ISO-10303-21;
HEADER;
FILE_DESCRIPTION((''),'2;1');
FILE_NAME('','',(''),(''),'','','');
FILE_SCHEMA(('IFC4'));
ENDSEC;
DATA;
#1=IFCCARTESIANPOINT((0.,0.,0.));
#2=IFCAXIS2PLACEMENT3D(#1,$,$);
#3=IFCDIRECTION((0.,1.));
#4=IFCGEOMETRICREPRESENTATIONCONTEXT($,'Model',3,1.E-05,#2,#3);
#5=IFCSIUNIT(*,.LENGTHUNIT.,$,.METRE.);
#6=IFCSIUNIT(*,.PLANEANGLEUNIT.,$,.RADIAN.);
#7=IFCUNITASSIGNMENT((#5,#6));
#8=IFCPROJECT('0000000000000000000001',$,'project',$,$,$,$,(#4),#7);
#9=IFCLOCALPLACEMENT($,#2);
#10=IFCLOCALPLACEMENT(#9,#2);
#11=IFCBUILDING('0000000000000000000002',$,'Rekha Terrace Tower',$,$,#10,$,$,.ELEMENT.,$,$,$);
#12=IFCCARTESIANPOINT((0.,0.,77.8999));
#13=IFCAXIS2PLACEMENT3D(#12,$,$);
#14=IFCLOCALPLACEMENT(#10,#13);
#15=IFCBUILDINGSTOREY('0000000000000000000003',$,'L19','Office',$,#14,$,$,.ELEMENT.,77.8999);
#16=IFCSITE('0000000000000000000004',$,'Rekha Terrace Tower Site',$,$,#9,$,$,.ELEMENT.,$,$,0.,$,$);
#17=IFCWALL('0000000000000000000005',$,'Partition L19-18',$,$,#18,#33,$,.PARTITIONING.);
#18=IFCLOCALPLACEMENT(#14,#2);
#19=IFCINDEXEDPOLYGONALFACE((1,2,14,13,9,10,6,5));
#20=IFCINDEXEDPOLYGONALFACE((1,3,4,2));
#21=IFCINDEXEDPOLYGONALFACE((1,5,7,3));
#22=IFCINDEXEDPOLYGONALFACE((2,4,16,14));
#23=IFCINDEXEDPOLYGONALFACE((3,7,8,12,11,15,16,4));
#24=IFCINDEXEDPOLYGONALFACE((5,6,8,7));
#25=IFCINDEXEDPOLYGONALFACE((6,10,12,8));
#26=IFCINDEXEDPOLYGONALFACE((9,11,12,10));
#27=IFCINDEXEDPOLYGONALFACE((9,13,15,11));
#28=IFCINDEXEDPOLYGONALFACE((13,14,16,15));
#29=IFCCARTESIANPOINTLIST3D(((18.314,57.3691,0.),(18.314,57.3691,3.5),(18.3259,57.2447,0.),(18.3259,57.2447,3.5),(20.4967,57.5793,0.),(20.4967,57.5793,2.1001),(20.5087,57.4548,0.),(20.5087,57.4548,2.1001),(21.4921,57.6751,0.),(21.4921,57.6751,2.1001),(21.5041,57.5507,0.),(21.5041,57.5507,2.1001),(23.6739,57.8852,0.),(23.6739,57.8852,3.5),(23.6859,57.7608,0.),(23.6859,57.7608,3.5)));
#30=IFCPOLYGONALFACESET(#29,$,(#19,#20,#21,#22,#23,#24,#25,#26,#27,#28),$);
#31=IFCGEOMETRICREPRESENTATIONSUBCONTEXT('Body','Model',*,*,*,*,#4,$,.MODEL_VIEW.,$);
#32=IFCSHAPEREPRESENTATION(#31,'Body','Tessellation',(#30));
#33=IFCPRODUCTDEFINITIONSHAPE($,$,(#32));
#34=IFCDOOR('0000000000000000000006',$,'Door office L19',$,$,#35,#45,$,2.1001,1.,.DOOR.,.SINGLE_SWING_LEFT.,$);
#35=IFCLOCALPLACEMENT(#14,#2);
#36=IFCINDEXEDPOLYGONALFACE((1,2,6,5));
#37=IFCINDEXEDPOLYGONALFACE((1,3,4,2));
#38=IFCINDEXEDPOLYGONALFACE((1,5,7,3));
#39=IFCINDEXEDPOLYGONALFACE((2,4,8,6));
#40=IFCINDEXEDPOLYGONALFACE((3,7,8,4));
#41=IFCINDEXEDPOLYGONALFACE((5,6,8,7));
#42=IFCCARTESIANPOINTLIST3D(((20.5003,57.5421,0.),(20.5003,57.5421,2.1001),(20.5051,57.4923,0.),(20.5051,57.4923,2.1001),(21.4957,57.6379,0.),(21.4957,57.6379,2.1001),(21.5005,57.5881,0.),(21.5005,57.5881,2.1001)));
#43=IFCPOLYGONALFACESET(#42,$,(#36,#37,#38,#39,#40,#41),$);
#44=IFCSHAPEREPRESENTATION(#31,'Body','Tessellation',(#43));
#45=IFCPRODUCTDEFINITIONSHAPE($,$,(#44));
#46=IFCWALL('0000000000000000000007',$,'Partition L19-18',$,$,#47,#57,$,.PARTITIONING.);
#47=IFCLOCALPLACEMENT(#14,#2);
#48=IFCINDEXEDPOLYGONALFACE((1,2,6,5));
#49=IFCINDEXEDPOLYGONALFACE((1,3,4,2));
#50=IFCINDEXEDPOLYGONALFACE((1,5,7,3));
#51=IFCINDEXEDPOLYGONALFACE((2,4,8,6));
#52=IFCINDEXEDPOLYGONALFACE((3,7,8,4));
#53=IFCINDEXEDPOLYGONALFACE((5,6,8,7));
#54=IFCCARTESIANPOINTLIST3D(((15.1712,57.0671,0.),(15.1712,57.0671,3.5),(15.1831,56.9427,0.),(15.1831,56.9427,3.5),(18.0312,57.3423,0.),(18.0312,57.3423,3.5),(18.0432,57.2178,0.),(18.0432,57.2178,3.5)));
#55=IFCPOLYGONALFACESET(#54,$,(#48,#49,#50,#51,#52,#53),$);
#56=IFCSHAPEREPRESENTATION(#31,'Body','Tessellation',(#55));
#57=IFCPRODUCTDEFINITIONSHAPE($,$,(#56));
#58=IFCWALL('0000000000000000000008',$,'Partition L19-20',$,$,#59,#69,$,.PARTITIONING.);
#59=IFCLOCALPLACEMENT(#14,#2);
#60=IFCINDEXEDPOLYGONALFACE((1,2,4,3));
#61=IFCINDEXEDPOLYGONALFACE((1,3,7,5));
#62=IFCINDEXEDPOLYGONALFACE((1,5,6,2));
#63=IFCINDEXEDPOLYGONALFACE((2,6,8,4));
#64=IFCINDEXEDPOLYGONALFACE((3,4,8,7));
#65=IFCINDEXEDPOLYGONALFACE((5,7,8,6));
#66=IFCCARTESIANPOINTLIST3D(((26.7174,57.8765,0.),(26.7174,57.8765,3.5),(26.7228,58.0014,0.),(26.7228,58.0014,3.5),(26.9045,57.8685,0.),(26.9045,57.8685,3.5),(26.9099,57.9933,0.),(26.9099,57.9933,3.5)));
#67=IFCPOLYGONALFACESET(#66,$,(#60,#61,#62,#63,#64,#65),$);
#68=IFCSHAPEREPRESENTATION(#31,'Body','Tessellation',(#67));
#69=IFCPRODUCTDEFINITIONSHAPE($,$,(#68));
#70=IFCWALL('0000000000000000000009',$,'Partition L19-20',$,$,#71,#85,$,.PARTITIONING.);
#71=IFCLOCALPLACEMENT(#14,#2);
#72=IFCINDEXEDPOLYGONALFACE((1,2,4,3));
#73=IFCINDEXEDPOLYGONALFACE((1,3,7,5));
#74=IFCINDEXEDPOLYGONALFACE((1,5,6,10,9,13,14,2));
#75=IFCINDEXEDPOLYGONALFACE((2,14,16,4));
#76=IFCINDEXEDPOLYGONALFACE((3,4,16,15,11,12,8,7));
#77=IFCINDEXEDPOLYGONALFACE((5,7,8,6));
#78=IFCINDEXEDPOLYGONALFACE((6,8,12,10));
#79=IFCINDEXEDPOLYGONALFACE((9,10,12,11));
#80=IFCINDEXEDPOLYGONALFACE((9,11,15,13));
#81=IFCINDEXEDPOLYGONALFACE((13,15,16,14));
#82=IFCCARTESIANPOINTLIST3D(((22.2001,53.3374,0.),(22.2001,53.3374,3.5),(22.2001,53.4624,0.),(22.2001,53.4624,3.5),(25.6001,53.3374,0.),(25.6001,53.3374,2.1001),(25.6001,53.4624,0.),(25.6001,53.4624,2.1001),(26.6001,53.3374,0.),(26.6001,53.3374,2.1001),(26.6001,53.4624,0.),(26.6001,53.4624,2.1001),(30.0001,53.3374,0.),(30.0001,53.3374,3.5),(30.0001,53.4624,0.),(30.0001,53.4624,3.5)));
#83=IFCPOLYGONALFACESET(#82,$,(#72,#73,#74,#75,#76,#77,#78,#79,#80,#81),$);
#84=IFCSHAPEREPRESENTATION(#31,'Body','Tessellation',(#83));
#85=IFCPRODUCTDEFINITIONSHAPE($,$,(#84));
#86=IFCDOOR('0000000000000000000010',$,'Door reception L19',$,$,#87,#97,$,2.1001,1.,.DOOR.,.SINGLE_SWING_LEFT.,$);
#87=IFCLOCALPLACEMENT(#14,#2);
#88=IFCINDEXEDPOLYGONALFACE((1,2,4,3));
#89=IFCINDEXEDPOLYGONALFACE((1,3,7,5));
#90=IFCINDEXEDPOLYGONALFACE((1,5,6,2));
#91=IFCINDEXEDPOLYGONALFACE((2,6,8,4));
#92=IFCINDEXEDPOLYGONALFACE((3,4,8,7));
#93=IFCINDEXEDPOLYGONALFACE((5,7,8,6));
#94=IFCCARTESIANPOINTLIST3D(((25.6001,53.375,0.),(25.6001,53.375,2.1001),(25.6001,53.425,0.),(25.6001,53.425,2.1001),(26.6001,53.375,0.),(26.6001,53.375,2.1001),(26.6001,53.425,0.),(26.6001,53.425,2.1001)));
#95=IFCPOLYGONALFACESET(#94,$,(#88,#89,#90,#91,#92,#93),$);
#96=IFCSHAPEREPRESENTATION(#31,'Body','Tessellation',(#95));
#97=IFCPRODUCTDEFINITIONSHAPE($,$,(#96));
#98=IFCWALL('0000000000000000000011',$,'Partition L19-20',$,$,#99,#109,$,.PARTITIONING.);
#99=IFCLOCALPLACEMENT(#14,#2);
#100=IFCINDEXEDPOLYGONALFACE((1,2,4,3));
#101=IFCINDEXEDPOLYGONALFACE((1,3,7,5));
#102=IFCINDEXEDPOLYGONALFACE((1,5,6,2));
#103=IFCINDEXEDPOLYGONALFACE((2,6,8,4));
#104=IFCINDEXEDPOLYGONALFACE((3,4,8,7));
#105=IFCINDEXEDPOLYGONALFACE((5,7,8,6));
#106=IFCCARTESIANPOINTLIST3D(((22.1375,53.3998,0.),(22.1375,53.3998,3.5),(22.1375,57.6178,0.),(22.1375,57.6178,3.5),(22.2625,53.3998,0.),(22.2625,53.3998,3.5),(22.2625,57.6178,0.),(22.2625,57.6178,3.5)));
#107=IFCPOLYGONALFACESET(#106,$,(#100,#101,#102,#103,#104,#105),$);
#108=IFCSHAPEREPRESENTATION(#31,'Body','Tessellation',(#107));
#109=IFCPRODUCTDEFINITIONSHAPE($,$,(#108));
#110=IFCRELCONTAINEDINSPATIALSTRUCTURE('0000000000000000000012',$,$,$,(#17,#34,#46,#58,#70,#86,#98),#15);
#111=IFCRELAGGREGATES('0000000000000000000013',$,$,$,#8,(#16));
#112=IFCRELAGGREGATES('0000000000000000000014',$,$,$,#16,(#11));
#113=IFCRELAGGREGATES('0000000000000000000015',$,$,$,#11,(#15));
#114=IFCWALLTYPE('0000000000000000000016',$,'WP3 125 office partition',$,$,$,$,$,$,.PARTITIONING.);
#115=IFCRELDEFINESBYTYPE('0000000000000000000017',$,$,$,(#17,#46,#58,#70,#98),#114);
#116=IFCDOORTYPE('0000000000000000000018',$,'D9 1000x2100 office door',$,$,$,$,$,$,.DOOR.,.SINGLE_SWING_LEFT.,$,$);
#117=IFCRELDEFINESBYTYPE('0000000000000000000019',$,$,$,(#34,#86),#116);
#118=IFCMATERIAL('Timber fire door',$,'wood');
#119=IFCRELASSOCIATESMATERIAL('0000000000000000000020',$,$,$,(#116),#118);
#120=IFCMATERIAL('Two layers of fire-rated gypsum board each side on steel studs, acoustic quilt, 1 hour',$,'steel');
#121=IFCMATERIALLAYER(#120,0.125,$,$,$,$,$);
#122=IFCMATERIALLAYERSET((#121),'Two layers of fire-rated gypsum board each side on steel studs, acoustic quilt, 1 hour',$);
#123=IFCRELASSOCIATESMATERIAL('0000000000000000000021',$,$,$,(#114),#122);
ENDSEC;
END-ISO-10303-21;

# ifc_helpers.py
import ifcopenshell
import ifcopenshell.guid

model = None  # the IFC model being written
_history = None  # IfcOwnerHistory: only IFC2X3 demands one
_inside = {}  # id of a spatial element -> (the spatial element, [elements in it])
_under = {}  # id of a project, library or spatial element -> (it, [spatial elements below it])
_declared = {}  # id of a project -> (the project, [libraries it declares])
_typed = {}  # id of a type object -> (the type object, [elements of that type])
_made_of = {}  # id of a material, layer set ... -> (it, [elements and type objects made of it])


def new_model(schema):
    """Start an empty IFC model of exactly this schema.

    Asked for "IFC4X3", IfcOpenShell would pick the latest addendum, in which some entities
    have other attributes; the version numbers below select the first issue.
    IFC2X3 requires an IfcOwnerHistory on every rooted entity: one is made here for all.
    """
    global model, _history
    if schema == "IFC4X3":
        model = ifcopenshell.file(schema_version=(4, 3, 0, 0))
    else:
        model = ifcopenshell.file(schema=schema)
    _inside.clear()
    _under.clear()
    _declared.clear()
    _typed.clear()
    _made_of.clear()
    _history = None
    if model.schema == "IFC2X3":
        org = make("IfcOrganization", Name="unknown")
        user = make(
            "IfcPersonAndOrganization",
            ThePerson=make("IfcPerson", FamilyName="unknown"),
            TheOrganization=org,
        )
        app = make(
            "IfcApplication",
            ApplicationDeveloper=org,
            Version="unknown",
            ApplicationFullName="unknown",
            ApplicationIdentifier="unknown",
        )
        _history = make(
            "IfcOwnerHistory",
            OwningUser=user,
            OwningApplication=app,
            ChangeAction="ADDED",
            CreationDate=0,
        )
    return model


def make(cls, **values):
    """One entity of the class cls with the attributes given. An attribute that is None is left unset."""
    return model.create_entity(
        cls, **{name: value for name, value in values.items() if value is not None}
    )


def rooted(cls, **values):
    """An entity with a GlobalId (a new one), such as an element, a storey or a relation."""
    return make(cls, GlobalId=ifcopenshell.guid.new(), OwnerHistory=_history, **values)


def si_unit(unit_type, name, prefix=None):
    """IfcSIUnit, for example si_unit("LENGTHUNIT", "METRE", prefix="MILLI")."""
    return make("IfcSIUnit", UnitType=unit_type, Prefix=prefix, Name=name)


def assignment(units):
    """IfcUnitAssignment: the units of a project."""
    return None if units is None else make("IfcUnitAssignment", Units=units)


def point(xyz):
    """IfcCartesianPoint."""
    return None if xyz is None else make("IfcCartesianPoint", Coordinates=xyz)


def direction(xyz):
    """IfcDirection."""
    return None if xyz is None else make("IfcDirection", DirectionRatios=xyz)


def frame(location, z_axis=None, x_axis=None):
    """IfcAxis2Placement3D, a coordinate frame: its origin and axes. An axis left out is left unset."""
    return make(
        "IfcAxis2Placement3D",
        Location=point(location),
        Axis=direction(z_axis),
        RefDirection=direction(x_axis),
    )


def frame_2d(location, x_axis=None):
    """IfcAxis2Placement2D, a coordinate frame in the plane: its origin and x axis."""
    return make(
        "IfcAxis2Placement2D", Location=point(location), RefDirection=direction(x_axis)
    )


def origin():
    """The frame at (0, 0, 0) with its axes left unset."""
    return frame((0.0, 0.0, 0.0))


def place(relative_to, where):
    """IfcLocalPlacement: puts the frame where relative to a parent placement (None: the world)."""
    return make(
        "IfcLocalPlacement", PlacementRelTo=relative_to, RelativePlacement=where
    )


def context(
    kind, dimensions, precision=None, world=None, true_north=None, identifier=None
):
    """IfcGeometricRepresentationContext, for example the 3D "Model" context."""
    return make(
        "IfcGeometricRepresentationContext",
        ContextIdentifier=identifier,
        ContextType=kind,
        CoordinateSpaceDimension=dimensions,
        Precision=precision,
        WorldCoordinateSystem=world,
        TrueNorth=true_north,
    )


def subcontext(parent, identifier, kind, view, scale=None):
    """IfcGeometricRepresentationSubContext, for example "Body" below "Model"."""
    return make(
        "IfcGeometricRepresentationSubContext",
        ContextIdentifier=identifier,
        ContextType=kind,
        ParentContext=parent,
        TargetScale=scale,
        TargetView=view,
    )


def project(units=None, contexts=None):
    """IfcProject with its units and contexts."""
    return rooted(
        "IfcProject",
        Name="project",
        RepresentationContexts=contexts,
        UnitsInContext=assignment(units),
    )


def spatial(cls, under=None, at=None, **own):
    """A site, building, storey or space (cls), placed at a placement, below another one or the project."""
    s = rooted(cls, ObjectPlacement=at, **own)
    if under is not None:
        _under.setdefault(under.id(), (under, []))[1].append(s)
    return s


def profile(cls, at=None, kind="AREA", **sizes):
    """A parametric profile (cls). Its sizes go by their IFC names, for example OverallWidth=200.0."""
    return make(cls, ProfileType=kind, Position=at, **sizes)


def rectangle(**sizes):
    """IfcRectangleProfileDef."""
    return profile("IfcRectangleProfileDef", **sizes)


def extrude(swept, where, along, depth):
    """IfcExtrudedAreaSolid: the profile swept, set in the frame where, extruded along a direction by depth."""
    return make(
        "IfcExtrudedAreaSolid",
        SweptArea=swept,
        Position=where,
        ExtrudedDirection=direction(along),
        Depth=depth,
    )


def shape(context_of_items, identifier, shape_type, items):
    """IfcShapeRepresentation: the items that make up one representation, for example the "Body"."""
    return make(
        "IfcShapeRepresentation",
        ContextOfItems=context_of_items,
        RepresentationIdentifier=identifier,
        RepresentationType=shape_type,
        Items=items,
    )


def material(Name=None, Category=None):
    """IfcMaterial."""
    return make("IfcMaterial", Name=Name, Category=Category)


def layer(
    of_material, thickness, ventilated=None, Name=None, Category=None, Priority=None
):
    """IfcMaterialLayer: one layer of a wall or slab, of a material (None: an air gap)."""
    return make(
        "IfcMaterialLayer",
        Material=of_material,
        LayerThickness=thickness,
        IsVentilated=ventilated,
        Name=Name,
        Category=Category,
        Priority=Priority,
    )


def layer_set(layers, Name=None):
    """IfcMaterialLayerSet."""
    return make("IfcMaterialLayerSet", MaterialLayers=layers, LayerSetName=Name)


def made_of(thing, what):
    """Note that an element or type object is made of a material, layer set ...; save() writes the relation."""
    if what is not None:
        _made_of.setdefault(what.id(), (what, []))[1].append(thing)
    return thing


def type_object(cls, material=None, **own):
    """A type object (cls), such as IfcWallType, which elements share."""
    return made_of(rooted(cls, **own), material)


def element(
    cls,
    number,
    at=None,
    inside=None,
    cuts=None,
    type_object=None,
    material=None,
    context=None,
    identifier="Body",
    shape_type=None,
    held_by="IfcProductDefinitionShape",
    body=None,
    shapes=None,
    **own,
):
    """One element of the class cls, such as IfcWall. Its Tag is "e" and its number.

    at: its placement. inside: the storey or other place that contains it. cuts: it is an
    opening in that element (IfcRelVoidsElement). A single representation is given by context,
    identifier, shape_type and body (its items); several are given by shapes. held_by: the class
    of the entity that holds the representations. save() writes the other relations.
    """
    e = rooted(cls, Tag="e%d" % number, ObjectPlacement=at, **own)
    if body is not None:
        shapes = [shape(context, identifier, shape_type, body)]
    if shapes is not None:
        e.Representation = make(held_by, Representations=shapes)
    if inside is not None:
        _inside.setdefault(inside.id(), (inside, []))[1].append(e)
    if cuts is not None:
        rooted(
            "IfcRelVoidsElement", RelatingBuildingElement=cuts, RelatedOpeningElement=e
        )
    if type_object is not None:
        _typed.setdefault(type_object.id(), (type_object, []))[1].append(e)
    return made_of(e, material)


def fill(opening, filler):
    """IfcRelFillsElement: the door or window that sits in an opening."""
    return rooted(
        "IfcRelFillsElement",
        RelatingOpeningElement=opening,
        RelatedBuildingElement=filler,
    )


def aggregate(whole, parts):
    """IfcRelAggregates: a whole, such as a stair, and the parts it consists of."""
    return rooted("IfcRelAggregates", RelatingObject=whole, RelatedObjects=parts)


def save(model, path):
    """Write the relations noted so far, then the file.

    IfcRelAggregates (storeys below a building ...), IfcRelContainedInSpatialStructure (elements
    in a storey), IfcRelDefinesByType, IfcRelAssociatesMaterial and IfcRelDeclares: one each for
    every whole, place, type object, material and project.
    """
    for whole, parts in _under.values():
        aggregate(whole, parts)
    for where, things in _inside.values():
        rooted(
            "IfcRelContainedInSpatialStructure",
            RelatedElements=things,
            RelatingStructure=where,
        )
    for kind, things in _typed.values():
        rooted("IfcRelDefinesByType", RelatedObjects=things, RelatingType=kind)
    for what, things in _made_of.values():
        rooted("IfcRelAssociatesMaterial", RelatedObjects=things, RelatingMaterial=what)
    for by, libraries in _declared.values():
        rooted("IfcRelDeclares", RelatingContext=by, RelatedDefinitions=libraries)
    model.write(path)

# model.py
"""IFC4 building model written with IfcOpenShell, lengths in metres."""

from ifc_helpers import new_model, si_unit, direction, frame, frame_2d, origin, place, context, subcontext, project, spatial, rectangle, extrude, material, layer, layer_set, type_object, element, fill, save


model = new_model("IFC4")

# Units and contexts
model_context = context("Model", 3, precision=1e-05, world=origin(), true_north=direction((0.0, 1.0)))
body_context = subcontext(model_context, "Body", "Model", "MODEL_VIEW")
ifc_project = project(units=[si_unit("LENGTHUNIT", "METRE"), si_unit("PLANEANGLEUNIT", "RADIAN")], contexts=[model_context])

# Site, building, storey
site_placement = place(None, origin())
site = spatial("IfcSite", under=ifc_project, at=site_placement, Name="Rekha Terrace Tower Site", CompositionType="ELEMENT", RefElevation=0.0)
building_placement = place(site_placement, origin())
building = spatial("IfcBuilding", under=site, at=building_placement, Name="Rekha Terrace Tower", CompositionType="ELEMENT")
storey_placement = place(building_placement, frame((0.0, 0.0, 77.8999)))
storey = spatial("IfcBuildingStorey", under=building, at=storey_placement, Name="L19", Description="Office", CompositionType="ELEMENT", Elevation=77.8999)

# Wall, opening, door
ifc_material_1 = material(Name="Timber fire door", Category="wood")
door_type = type_object("IfcDoorType", Name="D9 1000x2100 office door", OperationType="SINGLE_SWING_LEFT", PredefinedType="DOOR", material=ifc_material_1)
ifc_material_2 = material(Name="Two layers of fire-rated gypsum board each side on steel studs, acoustic quilt, 1 hour", Category="steel")
ifc_layer_1 = layer(ifc_material_2, 0.125)
ifc_layer_set_1 = layer_set([ifc_layer_1], Name="Two layers of fire-rated gypsum board each side on steel studs, acoustic quilt, 1 hour")
wall_type_1 = type_object("IfcWallType", Name="WP3 125 office partition", PredefinedType="PARTITIONING", material=ifc_layer_set_1)
wall_1_placement = place(storey_placement, frame((23.6799, 57.823, 0.0), z_axis=(0.0, 0.0, 1.0), x_axis=(-0.995396, -0.095849, 0.0)))
wall_1 = element("IfcWall", 1, at=wall_1_placement, inside=storey, type_object=wall_type_1, Name="Partition L19-18", PredefinedType="PARTITIONING", context=body_context, shape_type="SweptSolid", body=[
    extrude(rectangle(XDim=5.3848, YDim=0.125, at=frame_2d((2.6924, 0.0))), origin(), (0.0, 0.0, 1.0), 3.5),
])
opening_1_placement = place(wall_1_placement, frame((2.1919, 0.0, 0.0)))
opening_1 = element("IfcOpeningElement", 2, at=opening_1_placement, cuts=wall_1, PredefinedType="OPENING", context=body_context, shape_type="SweptSolid", body=[
    extrude(rectangle(XDim=1.0, YDim=2.1001, at=frame_2d((0.5, 1.05))), frame((0.0, 0.0725, 0.0), z_axis=(0.0, -1.0, 0.0), x_axis=(1.0, 0.0, 0.0)), (0.0, 0.0, 1.0), 0.145),
])
door_1_placement = place(opening_1_placement, origin())
door_1 = element("IfcDoor", 3, at=door_1_placement, inside=storey, type_object=door_type, Name="Door office L19", OperationType="SINGLE_SWING_LEFT", OverallHeight=2.1001, OverallWidth=1.0, PredefinedType="DOOR", context=body_context, shape_type="SweptSolid", body=[
    extrude(rectangle(XDim=1.0, YDim=2.1001, at=frame_2d((0.5, 1.05))), frame((0.0, 0.0249, 0.0), z_axis=(0.0, -1.0, 0.0), x_axis=(1.0, 0.0, 0.0)), (0.0, 0.0, 1.0), 0.05),
])
fill(opening_1, door_1)

# Walls
wall_2_placement = place(storey_placement, frame((18.0371, 57.28, 0.0), z_axis=(0.0, 0.0, 1.0), x_axis=(-0.995405, -0.095759, 0.0)))
element("IfcWall", 4, at=wall_2_placement, inside=storey, type_object=wall_type_1, Name="Partition L19-18", PredefinedType="PARTITIONING", context=body_context, shape_type="SweptSolid", body=[
    extrude(rectangle(XDim=2.8733, YDim=0.125, at=frame_2d((1.4365, 0.0))), origin(), (0.0, 0.0, 1.0), 3.5),
])
wall_3_placement = place(storey_placement, frame((26.72, 57.939, 0.0), z_axis=(0.0, 0.0, 1.0), x_axis=(0.999073, -0.043041, 0.0)))
element("IfcWall", 5, at=wall_3_placement, inside=storey, type_object=wall_type_1, Name="Partition L19-20", PredefinedType="PARTITIONING", context=body_context, shape_type="SweptSolid", body=[
    extrude(rectangle(XDim=0.1873, YDim=0.125, at=frame_2d((0.0938, 0.0))), origin(), (0.0, 0.0, 1.0), 3.5),
])

# Wall, opening, door
wall_4_placement = place(storey_placement, frame((30.0, 53.3999, 0.0), z_axis=(0.0, 0.0, 1.0), x_axis=(-1.0, 0.0, 0.0)))
wall_4 = element("IfcWall", 6, at=wall_4_placement, inside=storey, type_object=wall_type_1, Name="Partition L19-20", PredefinedType="PARTITIONING", context=body_context, shape_type="SweptSolid", body=[
    extrude(rectangle(XDim=7.8, YDim=0.125, at=frame_2d((3.8999, 0.0))), origin(), (0.0, 0.0, 1.0), 3.5),
])
opening_2_placement = place(wall_4_placement, frame((3.3999, 0.0, 0.0)))
opening_2 = element("IfcOpeningElement", 7, at=opening_2_placement, cuts=wall_4, PredefinedType="OPENING", context=body_context, shape_type="SweptSolid", body=[
    extrude(rectangle(XDim=1.0, YDim=2.1001, at=frame_2d((0.5, 1.05))), frame((0.0, 0.0725, 0.0), z_axis=(0.0, -1.0, 0.0), x_axis=(1.0, 0.0, 0.0)), (0.0, 0.0, 1.0), 0.145),
])
door_2_placement = place(opening_2_placement, origin())
door_2 = element("IfcDoor", 8, at=door_2_placement, inside=storey, type_object=door_type, Name="Door reception L19", OperationType="SINGLE_SWING_LEFT", OverallHeight=2.1001, OverallWidth=1.0, PredefinedType="DOOR", context=body_context, shape_type="SweptSolid", body=[
    extrude(rectangle(XDim=1.0, YDim=2.1001, at=frame_2d((0.5, 1.05))), frame((0.0, 0.0249, 0.0), z_axis=(0.0, -1.0, 0.0), x_axis=(1.0, 0.0, 0.0)), (0.0, 0.0, 1.0), 0.05),
])
fill(opening_2, door_2)

# Wall
wall_5_placement = place(storey_placement, frame((22.2, 53.3999, 0.0), z_axis=(0.0, 0.0, 1.0), x_axis=(0.0, 1.0, 0.0)))
element("IfcWall", 9, at=wall_5_placement, inside=storey, type_object=wall_type_1, Name="Partition L19-20", PredefinedType="PARTITIONING", context=body_context, shape_type="SweptSolid", body=[
    extrude(rectangle(XDim=4.218, YDim=0.125, at=frame_2d((2.1089, 0.0))), origin(), (0.0, 0.0, 1.0), 3.5),
])

save(model, "model.ifc")
